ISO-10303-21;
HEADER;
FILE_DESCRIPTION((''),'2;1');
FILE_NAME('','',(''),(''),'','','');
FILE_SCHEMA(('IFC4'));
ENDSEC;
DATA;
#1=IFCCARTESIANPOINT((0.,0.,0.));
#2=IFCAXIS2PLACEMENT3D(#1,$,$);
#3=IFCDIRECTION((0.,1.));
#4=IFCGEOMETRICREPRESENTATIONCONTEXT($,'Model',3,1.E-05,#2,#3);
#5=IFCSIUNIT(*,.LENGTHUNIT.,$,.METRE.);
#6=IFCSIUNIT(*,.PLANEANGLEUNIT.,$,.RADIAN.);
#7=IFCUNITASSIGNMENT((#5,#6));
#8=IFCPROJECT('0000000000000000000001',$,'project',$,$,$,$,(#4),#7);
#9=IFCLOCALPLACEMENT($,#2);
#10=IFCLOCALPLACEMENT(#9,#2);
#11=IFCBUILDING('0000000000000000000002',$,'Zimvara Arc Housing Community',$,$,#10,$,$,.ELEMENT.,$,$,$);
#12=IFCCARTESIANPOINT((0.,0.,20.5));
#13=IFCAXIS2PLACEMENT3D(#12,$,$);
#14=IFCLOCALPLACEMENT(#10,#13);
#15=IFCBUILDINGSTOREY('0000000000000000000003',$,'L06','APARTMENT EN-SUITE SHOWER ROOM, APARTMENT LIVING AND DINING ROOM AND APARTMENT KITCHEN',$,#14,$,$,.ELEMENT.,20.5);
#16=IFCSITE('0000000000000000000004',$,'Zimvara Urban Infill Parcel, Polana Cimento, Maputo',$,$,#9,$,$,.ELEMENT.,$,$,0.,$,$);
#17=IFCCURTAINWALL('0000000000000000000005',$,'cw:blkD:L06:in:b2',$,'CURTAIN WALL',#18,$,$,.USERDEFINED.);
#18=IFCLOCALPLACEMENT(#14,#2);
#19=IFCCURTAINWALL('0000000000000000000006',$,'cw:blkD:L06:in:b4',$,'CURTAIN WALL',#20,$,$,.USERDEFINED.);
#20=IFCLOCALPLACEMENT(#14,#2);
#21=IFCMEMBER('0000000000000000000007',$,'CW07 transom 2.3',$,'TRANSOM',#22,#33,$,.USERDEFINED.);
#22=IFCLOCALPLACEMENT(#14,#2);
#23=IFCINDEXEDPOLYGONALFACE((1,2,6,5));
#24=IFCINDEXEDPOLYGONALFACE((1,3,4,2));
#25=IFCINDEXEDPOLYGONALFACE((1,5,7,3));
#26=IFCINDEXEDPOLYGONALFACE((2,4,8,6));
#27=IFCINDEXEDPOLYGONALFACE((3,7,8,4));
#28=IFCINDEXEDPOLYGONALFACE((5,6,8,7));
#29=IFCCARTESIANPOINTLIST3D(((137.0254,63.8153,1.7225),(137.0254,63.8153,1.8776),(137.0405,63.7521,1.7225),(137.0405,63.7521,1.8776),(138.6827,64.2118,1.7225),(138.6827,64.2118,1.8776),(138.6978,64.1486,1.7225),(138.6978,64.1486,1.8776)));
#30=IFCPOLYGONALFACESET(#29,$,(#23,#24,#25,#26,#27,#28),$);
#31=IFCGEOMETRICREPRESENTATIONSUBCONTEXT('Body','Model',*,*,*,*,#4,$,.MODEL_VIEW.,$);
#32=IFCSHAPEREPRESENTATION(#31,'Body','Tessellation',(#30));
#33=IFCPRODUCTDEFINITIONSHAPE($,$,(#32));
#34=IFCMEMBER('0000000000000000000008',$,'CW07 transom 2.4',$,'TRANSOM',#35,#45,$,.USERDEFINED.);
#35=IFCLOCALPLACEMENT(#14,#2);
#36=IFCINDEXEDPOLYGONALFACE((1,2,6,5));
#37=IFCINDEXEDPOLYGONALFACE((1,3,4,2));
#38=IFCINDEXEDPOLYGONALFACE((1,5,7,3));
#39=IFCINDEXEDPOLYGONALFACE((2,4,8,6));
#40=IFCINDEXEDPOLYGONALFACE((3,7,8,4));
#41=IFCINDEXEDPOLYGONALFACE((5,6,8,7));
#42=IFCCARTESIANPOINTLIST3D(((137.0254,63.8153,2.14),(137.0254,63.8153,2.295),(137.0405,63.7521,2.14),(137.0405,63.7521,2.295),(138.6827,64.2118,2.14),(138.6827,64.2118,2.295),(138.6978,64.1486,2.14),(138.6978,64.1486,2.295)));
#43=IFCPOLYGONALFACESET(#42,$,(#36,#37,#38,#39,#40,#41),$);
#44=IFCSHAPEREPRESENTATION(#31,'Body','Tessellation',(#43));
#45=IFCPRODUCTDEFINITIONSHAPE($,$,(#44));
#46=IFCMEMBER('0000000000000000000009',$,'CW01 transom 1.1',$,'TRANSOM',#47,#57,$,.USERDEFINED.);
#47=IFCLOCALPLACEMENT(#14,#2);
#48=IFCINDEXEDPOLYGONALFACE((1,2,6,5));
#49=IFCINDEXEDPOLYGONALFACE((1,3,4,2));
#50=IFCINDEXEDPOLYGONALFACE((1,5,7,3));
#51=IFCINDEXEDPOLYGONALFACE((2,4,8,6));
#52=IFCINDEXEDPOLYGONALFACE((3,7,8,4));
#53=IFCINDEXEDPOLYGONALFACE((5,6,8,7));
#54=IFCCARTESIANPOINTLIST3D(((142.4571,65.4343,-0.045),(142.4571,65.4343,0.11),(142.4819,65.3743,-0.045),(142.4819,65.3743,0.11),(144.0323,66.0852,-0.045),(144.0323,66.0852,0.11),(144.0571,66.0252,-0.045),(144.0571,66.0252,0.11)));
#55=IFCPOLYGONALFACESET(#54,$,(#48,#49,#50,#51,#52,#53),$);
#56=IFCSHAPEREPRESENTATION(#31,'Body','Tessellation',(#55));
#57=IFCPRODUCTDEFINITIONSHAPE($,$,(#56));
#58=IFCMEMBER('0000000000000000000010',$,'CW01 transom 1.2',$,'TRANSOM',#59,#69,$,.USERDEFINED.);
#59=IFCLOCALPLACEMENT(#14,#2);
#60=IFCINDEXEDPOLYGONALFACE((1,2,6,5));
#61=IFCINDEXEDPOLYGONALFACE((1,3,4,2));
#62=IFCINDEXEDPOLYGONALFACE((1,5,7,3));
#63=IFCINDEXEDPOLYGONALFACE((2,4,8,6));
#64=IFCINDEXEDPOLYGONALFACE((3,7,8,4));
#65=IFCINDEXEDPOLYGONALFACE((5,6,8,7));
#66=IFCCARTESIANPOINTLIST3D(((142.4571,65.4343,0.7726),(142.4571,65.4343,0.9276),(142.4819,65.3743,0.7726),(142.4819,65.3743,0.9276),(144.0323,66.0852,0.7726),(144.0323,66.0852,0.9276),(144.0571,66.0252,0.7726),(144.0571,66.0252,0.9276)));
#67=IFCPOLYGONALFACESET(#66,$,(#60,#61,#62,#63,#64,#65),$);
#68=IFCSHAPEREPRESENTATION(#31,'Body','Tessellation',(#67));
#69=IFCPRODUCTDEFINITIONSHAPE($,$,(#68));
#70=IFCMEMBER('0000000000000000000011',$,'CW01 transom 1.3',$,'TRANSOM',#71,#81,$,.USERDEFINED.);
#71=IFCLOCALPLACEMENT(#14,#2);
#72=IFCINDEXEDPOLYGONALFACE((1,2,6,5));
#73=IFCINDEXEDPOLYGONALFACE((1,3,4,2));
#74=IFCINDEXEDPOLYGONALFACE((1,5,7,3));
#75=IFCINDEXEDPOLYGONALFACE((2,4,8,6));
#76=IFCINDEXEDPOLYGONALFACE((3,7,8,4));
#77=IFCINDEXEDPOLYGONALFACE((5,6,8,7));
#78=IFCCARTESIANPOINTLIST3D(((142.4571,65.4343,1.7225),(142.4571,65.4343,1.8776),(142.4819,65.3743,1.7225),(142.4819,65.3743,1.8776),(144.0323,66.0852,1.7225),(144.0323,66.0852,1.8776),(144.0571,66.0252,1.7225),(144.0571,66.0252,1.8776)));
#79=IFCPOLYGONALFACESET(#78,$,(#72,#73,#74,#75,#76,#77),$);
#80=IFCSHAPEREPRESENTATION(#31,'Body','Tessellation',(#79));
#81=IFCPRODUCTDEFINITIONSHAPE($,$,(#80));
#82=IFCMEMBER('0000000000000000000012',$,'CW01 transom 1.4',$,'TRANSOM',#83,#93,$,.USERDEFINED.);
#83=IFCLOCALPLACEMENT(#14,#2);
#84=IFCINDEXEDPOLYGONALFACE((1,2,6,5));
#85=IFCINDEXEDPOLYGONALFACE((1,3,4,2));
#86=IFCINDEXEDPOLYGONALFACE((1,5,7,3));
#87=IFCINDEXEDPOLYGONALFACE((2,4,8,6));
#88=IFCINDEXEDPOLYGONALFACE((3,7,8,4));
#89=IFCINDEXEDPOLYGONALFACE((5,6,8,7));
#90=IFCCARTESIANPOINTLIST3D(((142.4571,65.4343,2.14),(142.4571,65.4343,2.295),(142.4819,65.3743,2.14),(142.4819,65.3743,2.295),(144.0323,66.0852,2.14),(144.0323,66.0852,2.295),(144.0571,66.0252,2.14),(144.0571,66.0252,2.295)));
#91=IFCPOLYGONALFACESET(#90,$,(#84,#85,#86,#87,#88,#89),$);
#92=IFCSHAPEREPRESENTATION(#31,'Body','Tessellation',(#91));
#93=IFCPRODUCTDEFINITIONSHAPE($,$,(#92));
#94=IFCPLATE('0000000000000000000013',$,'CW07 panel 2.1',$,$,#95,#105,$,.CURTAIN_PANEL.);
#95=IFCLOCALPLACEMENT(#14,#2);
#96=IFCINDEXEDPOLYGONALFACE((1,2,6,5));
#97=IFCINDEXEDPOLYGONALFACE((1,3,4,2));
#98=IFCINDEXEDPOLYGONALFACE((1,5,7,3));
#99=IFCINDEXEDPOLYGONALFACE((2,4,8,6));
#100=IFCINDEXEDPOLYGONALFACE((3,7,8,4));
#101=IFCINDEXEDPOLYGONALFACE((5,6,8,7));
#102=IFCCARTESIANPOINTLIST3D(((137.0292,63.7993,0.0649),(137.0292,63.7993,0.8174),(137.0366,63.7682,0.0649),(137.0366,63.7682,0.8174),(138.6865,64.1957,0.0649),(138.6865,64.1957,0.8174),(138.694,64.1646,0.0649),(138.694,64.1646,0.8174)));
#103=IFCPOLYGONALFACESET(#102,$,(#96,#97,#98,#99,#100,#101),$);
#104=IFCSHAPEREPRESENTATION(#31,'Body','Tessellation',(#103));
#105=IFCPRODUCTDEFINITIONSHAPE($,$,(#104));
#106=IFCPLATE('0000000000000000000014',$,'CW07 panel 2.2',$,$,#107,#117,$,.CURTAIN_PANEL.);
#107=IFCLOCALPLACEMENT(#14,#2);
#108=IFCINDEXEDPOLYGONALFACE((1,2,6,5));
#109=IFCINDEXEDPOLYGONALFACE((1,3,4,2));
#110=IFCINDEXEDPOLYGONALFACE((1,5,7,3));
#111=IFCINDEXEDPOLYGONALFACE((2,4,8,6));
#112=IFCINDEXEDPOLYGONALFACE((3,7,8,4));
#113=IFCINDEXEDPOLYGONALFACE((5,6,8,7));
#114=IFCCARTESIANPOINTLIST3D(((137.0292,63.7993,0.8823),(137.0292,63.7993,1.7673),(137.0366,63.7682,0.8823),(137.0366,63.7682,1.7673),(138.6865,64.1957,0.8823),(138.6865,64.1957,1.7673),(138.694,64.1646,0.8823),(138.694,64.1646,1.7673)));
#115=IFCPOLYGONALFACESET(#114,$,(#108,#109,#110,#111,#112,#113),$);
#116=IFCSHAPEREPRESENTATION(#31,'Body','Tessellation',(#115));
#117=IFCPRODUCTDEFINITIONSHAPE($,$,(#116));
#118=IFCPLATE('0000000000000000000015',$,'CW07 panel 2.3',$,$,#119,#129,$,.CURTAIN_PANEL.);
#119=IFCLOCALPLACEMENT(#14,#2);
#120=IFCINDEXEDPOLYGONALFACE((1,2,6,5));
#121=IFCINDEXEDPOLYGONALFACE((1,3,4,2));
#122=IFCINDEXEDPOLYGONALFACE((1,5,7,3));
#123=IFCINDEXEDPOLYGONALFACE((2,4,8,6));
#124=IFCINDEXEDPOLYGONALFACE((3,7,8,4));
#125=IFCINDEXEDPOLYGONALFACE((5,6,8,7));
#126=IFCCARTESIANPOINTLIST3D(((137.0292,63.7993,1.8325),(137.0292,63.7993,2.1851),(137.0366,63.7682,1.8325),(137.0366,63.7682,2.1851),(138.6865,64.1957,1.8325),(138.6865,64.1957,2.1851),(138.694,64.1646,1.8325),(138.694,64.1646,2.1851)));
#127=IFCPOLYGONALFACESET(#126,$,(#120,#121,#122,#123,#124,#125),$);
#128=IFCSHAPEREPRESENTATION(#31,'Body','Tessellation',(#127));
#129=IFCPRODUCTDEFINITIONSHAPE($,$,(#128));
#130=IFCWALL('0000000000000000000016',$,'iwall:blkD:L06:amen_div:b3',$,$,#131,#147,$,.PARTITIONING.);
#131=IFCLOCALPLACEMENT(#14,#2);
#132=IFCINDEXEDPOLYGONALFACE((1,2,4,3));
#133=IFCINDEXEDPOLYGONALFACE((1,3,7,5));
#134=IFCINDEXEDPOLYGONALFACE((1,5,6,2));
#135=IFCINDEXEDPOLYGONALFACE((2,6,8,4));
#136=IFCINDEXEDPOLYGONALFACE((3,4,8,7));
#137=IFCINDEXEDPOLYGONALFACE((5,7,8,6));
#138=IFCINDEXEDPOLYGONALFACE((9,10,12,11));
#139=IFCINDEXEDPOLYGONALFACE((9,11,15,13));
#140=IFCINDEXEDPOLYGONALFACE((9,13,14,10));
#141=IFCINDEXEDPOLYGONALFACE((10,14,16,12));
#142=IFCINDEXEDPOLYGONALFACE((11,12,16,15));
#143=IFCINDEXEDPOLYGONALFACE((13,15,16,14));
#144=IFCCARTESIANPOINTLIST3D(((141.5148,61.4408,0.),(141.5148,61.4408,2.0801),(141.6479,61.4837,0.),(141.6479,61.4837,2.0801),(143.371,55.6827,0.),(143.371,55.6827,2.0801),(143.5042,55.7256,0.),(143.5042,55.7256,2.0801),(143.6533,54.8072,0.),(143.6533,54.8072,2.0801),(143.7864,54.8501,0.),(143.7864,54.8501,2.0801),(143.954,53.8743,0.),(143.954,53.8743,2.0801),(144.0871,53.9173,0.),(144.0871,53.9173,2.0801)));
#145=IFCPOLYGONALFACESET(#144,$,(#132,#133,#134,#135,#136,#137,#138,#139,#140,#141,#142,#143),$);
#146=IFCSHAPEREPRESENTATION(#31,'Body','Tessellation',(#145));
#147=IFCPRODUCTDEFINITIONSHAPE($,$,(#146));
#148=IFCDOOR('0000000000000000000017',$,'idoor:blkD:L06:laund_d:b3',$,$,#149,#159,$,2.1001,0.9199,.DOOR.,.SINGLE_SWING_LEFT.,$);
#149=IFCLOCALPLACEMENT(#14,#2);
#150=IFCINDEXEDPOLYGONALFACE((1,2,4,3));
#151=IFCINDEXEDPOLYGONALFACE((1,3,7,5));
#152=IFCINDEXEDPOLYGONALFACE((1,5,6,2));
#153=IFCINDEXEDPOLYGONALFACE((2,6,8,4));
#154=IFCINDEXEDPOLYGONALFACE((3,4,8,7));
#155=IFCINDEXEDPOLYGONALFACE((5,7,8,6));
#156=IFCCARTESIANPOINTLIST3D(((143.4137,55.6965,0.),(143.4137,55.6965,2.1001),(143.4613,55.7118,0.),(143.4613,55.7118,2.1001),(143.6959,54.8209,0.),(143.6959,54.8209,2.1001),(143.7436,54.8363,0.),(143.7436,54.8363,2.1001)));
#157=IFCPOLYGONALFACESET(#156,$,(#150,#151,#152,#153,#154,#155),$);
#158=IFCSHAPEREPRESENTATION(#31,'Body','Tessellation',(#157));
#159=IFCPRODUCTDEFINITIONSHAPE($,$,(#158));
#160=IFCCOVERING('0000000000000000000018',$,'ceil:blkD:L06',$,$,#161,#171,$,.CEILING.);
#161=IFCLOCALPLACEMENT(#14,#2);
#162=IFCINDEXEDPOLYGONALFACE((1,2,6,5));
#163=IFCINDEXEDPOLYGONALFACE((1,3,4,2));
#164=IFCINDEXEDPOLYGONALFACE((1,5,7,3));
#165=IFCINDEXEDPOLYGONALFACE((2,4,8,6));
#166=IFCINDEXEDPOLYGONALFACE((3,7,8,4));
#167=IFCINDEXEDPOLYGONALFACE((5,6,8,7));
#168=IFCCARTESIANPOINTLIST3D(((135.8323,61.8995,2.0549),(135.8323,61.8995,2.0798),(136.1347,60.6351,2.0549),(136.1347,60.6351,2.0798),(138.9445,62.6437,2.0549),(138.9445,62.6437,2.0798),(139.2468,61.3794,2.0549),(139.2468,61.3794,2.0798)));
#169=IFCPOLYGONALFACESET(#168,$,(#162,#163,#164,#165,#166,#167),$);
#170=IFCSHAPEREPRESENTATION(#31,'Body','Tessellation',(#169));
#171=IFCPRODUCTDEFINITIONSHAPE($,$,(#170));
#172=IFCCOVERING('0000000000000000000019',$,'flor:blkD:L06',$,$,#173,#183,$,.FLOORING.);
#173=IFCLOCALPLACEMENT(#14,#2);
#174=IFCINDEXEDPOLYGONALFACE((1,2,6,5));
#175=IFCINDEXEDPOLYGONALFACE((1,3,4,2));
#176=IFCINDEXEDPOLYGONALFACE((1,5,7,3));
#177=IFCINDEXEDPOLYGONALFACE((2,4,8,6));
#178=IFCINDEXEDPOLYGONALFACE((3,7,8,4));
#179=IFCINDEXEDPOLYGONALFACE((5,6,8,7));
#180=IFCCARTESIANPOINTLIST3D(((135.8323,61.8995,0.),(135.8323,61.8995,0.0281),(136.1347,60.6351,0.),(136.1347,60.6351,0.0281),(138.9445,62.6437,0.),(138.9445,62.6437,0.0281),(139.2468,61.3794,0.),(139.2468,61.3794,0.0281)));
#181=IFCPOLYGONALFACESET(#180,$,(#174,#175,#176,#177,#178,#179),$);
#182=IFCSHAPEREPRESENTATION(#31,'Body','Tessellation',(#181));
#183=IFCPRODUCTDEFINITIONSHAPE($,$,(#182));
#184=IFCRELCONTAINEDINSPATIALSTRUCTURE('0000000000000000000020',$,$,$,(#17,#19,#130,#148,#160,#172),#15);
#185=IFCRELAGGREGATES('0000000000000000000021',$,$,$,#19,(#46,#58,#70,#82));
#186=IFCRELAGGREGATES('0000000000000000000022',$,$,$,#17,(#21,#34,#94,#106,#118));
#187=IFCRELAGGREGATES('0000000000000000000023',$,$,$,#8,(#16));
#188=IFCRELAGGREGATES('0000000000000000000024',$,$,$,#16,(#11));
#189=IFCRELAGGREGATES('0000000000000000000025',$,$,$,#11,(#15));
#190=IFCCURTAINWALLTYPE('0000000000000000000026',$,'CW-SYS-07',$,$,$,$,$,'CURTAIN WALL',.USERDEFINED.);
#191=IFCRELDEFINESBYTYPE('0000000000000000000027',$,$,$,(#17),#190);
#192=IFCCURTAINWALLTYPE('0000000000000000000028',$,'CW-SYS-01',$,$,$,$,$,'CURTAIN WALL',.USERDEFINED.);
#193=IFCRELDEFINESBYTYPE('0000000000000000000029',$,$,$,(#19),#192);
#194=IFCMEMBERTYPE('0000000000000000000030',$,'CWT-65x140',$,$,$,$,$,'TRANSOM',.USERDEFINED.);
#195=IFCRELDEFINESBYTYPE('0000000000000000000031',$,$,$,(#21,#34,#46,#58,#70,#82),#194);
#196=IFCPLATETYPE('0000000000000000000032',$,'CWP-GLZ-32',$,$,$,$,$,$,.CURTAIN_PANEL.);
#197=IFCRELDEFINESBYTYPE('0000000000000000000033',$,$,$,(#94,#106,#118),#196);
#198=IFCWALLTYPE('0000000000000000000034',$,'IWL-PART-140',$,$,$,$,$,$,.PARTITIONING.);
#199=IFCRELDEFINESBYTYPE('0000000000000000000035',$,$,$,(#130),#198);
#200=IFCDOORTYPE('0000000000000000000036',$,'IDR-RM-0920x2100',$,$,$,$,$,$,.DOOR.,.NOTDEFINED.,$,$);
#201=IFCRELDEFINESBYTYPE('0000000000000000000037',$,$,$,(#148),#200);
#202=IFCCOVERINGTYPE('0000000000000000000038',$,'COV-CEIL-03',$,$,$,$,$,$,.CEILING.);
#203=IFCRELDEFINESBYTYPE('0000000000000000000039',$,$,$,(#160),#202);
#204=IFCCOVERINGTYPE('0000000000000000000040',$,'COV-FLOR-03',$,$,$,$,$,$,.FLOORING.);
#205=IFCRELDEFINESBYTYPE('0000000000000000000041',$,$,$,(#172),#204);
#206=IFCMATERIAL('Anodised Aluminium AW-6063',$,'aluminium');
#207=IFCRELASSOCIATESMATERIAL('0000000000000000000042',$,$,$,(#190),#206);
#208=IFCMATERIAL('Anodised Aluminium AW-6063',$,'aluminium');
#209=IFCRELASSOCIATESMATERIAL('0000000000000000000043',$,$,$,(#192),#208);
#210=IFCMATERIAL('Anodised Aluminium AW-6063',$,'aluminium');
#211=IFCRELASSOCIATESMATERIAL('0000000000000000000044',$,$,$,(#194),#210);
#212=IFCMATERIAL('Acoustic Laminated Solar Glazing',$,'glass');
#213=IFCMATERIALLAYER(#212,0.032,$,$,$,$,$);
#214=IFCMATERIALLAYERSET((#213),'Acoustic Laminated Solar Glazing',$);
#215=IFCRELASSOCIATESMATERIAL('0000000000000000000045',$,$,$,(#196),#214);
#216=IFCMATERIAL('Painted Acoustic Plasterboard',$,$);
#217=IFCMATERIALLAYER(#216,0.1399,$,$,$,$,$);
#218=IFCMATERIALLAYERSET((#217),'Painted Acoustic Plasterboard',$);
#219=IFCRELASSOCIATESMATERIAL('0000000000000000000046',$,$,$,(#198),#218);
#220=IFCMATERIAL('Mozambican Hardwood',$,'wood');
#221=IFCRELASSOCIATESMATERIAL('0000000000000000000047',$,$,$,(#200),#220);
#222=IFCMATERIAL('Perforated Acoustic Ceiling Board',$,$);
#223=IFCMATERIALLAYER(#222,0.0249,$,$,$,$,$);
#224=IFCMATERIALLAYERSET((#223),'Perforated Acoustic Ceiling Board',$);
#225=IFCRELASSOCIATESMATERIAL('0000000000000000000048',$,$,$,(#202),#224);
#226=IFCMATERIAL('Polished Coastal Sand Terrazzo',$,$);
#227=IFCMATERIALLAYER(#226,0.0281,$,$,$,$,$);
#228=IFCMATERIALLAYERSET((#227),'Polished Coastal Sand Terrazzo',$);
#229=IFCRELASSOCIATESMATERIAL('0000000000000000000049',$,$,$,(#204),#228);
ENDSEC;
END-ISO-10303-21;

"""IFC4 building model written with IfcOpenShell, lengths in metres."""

from ifc_helpers import new_model, si_unit, direction, frame, frame_2d, origin, origin_2d, place, context, subcontext, project, spatial, rectangle, extrude, material, layer, layer_set, material_profile, profile_set, type_object, element, fill, aggregate, save


model = new_model("IFC4")

# Units and contexts
model_context = context("Model", 3, precision=1e-05, world=origin(), true_north=direction((0.0, 1.0)))
body_context = subcontext(model_context, "Body", "Model", "MODEL_VIEW")
ifc_project = project(units=[si_unit("LENGTHUNIT", "METRE"), si_unit("PLANEANGLEUNIT", "RADIAN")], contexts=[model_context])

# Site, building, storey
site_placement = place(None, origin())
site = spatial("IfcSite", under=ifc_project, at=site_placement, Name="Zimvara Urban Infill Parcel, Polana Cimento, Maputo", CompositionType="ELEMENT", RefElevation=0.0)
building_placement = place(site_placement, origin())
building = spatial("IfcBuilding", under=site, at=building_placement, Name="Zimvara Arc Housing Community", CompositionType="ELEMENT")
storey_placement = place(building_placement, frame((0.0, 0.0, 20.5)))
storey = spatial("IfcBuildingStorey", under=building, at=storey_placement, Name="L06", Description="APARTMENT EN-SUITE SHOWER ROOM, APARTMENT LIVING AND DINING ROOM AND APARTMENT KITCHEN", CompositionType="ELEMENT", Elevation=20.5)

# Curtain walls
ifc_material_1 = material(Name="Anodised Aluminium AW-6063", Category="aluminium")
curtain_wall_type_1 = type_object("IfcCurtainWallType", Name="CW-SYS-07", ElementType="CURTAIN WALL", PredefinedType="USERDEFINED", material=ifc_material_1)
curtain_wall_1_placement = place(storey_placement, origin())
curtain_wall_1 = element("IfcCurtainWall", 1, at=curtain_wall_1_placement, inside=storey, type_object=curtain_wall_type_1, Name="cw:blkD:L06:in:b2", ObjectType="CURTAIN WALL", PredefinedType="USERDEFINED")
ifc_material_2 = material(Name="Anodised Aluminium AW-6063", Category="aluminium")
curtain_wall_type_2 = type_object("IfcCurtainWallType", Name="CW-SYS-01", ElementType="CURTAIN WALL", PredefinedType="USERDEFINED", material=ifc_material_2)
curtain_wall_2_placement = place(storey_placement, origin())
curtain_wall_2 = element("IfcCurtainWall", 2, at=curtain_wall_2_placement, inside=storey, type_object=curtain_wall_type_2, Name="cw:blkD:L06:in:b4", ObjectType="CURTAIN WALL", PredefinedType="USERDEFINED")

# Members
ifc_material_3 = material(Name="Anodised Aluminium AW-6063", Category="aluminium")
ifc_material_profile_1 = material_profile(ifc_material_3, rectangle(XDim=0.0649, YDim=0.155, at=origin_2d()), Name="ALU 65x155")
ifc_profile_set_1 = profile_set([ifc_material_profile_1], Name="Anodised Aluminium AW-6063")
member_type_1 = type_object("IfcMemberType", Name="CWT-65x140", ElementType="TRANSOM", PredefinedType="USERDEFINED", material=ifc_profile_set_1)
member_1_placement = place(storey_placement, frame((137.033, 63.7837, 1.8), z_axis=(0.972554, 0.232679, 0.0), x_axis=(-0.232679, 0.972554, 0.0)))
member_1 = element("IfcMember", 3, at=member_1_placement, type_object=member_type_1, Name="CW07 transom 2.3", ObjectType="TRANSOM", PredefinedType="USERDEFINED", context=body_context, shape_type="SweptSolid", body=[
    extrude(rectangle(XDim=0.0649, YDim=0.155, at=origin_2d()), origin(), (0.0, 0.0, 1.0), 1.7041),
])
member_2_placement = place(storey_placement, frame((137.033, 63.7837, 2.2175), z_axis=(0.972554, 0.232679, 0.0), x_axis=(-0.232679, 0.972554, 0.0)))
member_2 = element("IfcMember", 4, at=member_2_placement, type_object=member_type_1, Name="CW07 transom 2.4", ObjectType="TRANSOM", PredefinedType="USERDEFINED", context=body_context, shape_type="SweptSolid", body=[
    extrude(rectangle(XDim=0.0649, YDim=0.155, at=origin_2d()), origin(), (0.0, 0.0, 1.0), 1.7041),
])
member_3_placement = place(storey_placement, frame((142.4695, 65.4043, 0.0325), z_axis=(0.924209, 0.381888, 0.0), x_axis=(-0.381888, 0.924209, 0.0)))
member_3 = element("IfcMember", 5, at=member_3_placement, type_object=member_type_1, Name="CW01 transom 1.1", ObjectType="TRANSOM", PredefinedType="USERDEFINED", context=body_context, shape_type="SweptSolid", body=[
    extrude(rectangle(XDim=0.0649, YDim=0.155, at=origin_2d()), origin(), (0.0, 0.0, 1.0), 1.7043),
])
member_4_placement = place(storey_placement, frame((142.4695, 65.4043, 0.8501), z_axis=(0.924209, 0.381888, 0.0), x_axis=(-0.381888, 0.924209, 0.0)))
member_4 = element("IfcMember", 6, at=member_4_placement, type_object=member_type_1, Name="CW01 transom 1.2", ObjectType="TRANSOM", PredefinedType="USERDEFINED", context=body_context, shape_type="SweptSolid", body=[
    extrude(rectangle(XDim=0.0649, YDim=0.155, at=origin_2d()), origin(), (0.0, 0.0, 1.0), 1.7043),
])
member_5_placement = place(storey_placement, frame((142.4695, 65.4043, 1.8), z_axis=(0.924209, 0.381888, 0.0), x_axis=(-0.381888, 0.924209, 0.0)))
member_5 = element("IfcMember", 7, at=member_5_placement, type_object=member_type_1, Name="CW01 transom 1.3", ObjectType="TRANSOM", PredefinedType="USERDEFINED", context=body_context, shape_type="SweptSolid", body=[
    extrude(rectangle(XDim=0.0649, YDim=0.155, at=origin_2d()), origin(), (0.0, 0.0, 1.0), 1.7043),
])
member_6_placement = place(storey_placement, frame((142.4695, 65.4043, 2.2175), z_axis=(0.924209, 0.381888, 0.0), x_axis=(-0.381888, 0.924209, 0.0)))
member_6 = element("IfcMember", 8, at=member_6_placement, type_object=member_type_1, Name="CW01 transom 1.4", ObjectType="TRANSOM", PredefinedType="USERDEFINED", context=body_context, shape_type="SweptSolid", body=[
    extrude(rectangle(XDim=0.0649, YDim=0.155, at=origin_2d()), origin(), (0.0, 0.0, 1.0), 1.7043),
])
aggregate(curtain_wall_2, [member_3, member_4, member_5, member_6])

# Plates
ifc_material_4 = material(Name="Acoustic Laminated Solar Glazing", Category="glass")
ifc_layer_1 = layer(ifc_material_4, 0.032)
ifc_layer_set_1 = layer_set([ifc_layer_1], Name="Acoustic Laminated Solar Glazing")
plate_type = type_object("IfcPlateType", Name="CWP-GLZ-32", PredefinedType="CURTAIN_PANEL", material=ifc_layer_set_1)
plate_1_placement = place(storey_placement, frame((137.8616, 63.9819, 0.0649), z_axis=(0.0, 0.0, 1.0), x_axis=(0.972573, 0.232597, 0.0)))
plate_1 = element("IfcPlate", 9, at=plate_1_placement, type_object=plate_type, Name="CW07 panel 2.1", PredefinedType="CURTAIN_PANEL", context=body_context, shape_type="SweptSolid", body=[
    extrude(rectangle(XDim=1.7041, YDim=0.032, at=origin_2d()), origin(), (0.0, 0.0, 1.0), 0.7524),
])
plate_2_placement = place(storey_placement, frame((137.8616, 63.9819, 0.8823), z_axis=(0.0, 0.0, 1.0), x_axis=(0.972573, 0.232597, 0.0)))
plate_2 = element("IfcPlate", 10, at=plate_2_placement, type_object=plate_type, Name="CW07 panel 2.2", PredefinedType="CURTAIN_PANEL", context=body_context, shape_type="SweptSolid", body=[
    extrude(rectangle(XDim=1.7041, YDim=0.032, at=origin_2d()), origin(), (0.0, 0.0, 1.0), 0.885),
])
plate_3_placement = place(storey_placement, frame((137.8616, 63.9819, 1.8325), z_axis=(0.0, 0.0, 1.0), x_axis=(0.972573, 0.232597, 0.0)))
plate_3 = element("IfcPlate", 11, at=plate_3_placement, type_object=plate_type, Name="CW07 panel 2.3", PredefinedType="CURTAIN_PANEL", context=body_context, shape_type="SweptSolid", body=[
    extrude(rectangle(XDim=1.7041, YDim=0.032, at=origin_2d()), origin(), (0.0, 0.0, 1.0), 0.3525),
])
aggregate(curtain_wall_1, [member_1, member_2, plate_1, plate_2, plate_3])

# Wall, opening, door
ifc_material_5 = material(Name="Painted Acoustic Plasterboard")
ifc_layer_2 = layer(ifc_material_5, 0.1399)
ifc_layer_set_2 = layer_set([ifc_layer_2], Name="Painted Acoustic Plasterboard")
wall_type_1 = type_object("IfcWallType", Name="IWL-PART-140", PredefinedType="PARTITIONING", material=ifc_layer_set_2)
wall_1_placement = place(storey_placement, frame((141.5813, 61.4624, 0.0), z_axis=(0.0, 0.0, 1.0), x_axis=(0.306824, -0.951766, 0.0)))
wall_1 = element("IfcWall", 12, at=wall_1_placement, inside=storey, type_object=wall_type_1, Name="iwall:blkD:L06:amen_div:b3", PredefinedType="PARTITIONING", context=body_context, shape_type="SweptSolid", body=[
    extrude(rectangle(XDim=7.95, YDim=0.1399, at=frame_2d((3.9751, 0.0))), origin(), (0.0, 0.0, 1.0), 2.0801),
])
opening_1_placement = place(wall_1_placement, frame((6.05, 0.0, 0.0)))
opening_1 = element("IfcOpeningElement", 13, at=opening_1_placement, cuts=wall_1, PredefinedType="OPENING", context=body_context, shape_type="SweptSolid", body=[
    extrude(rectangle(XDim=0.9199, YDim=2.1001, at=frame_2d((0.46, 1.05))), frame((0.0, 0.0798, 0.0), z_axis=(0.0, -1.0, 0.0), x_axis=(1.0, 0.0, 0.0)), (0.0, 0.0, 1.0), 0.1599),
])
ifc_material_6 = material(Name="Mozambican Hardwood", Category="wood")
door_type_1 = type_object("IfcDoorType", Name="IDR-RM-0920x2100", OperationType="NOTDEFINED", PredefinedType="DOOR", material=ifc_material_6)
door_1_placement = place(opening_1_placement, origin())
door_1 = element("IfcDoor", 14, at=door_1_placement, inside=storey, type_object=door_type_1, Name="idoor:blkD:L06:laund_d:b3", OperationType="SINGLE_SWING_LEFT", OverallHeight=2.1001, OverallWidth=0.9199, PredefinedType="DOOR", context=body_context, shape_type="SweptSolid", body=[
    extrude(rectangle(XDim=0.9199, YDim=2.1001, at=frame_2d((0.46, 1.05))), frame((0.0, 0.0249, 0.0), z_axis=(0.0, -1.0, 0.0), x_axis=(1.0, 0.0, 0.0)), (0.0, 0.0, 1.0), 0.05),
])
fill(opening_1, door_1)

# Coverings
ifc_material_7 = material(Name="Perforated Acoustic Ceiling Board")
ifc_layer_3 = layer(ifc_material_7, 0.0249)
ifc_layer_set_3 = layer_set([ifc_layer_3], Name="Perforated Acoustic Ceiling Board")
covering_type_1 = type_object("IfcCoveringType", Name="COV-CEIL-03", PredefinedType="CEILING", material=ifc_layer_set_3)
covering_1_placement = place(storey_placement, frame((137.5396, 61.6394, 2.0549), z_axis=(0.0, 0.0, 1.0), x_axis=(0.232597, -0.972573, 0.0)))
element("IfcCovering", 15, at=covering_1_placement, inside=storey, type_object=covering_type_1, Name="ceil:blkD:L06", PredefinedType="CEILING", context=body_context, shape_type="SweptSolid", body=[
    extrude(rectangle(XDim=1.3, YDim=3.2, at=origin_2d()), origin(), (0.0, 0.0, 1.0), 0.0249),
])
ifc_material_8 = material(Name="Polished Coastal Sand Terrazzo")
ifc_layer_4 = layer(ifc_material_8, 0.0281)
ifc_layer_set_4 = layer_set([ifc_layer_4], Name="Polished Coastal Sand Terrazzo")
covering_type_2 = type_object("IfcCoveringType", Name="COV-FLOR-03", PredefinedType="FLOORING", material=ifc_layer_set_4)
covering_2_placement = place(storey_placement, frame((137.5396, 61.6394, 0.0), z_axis=(0.0, 0.0, 1.0), x_axis=(0.232597, -0.972573, 0.0)))
element("IfcCovering", 16, at=covering_2_placement, inside=storey, type_object=covering_type_2, Name="flor:blkD:L06", PredefinedType="FLOORING", context=body_context, shape_type="SweptSolid", body=[
    extrude(rectangle(XDim=1.3, YDim=3.2, at=origin_2d()), origin(), (0.0, 0.0, 1.0), 0.0281),
])

save(model, "model.ifc")
